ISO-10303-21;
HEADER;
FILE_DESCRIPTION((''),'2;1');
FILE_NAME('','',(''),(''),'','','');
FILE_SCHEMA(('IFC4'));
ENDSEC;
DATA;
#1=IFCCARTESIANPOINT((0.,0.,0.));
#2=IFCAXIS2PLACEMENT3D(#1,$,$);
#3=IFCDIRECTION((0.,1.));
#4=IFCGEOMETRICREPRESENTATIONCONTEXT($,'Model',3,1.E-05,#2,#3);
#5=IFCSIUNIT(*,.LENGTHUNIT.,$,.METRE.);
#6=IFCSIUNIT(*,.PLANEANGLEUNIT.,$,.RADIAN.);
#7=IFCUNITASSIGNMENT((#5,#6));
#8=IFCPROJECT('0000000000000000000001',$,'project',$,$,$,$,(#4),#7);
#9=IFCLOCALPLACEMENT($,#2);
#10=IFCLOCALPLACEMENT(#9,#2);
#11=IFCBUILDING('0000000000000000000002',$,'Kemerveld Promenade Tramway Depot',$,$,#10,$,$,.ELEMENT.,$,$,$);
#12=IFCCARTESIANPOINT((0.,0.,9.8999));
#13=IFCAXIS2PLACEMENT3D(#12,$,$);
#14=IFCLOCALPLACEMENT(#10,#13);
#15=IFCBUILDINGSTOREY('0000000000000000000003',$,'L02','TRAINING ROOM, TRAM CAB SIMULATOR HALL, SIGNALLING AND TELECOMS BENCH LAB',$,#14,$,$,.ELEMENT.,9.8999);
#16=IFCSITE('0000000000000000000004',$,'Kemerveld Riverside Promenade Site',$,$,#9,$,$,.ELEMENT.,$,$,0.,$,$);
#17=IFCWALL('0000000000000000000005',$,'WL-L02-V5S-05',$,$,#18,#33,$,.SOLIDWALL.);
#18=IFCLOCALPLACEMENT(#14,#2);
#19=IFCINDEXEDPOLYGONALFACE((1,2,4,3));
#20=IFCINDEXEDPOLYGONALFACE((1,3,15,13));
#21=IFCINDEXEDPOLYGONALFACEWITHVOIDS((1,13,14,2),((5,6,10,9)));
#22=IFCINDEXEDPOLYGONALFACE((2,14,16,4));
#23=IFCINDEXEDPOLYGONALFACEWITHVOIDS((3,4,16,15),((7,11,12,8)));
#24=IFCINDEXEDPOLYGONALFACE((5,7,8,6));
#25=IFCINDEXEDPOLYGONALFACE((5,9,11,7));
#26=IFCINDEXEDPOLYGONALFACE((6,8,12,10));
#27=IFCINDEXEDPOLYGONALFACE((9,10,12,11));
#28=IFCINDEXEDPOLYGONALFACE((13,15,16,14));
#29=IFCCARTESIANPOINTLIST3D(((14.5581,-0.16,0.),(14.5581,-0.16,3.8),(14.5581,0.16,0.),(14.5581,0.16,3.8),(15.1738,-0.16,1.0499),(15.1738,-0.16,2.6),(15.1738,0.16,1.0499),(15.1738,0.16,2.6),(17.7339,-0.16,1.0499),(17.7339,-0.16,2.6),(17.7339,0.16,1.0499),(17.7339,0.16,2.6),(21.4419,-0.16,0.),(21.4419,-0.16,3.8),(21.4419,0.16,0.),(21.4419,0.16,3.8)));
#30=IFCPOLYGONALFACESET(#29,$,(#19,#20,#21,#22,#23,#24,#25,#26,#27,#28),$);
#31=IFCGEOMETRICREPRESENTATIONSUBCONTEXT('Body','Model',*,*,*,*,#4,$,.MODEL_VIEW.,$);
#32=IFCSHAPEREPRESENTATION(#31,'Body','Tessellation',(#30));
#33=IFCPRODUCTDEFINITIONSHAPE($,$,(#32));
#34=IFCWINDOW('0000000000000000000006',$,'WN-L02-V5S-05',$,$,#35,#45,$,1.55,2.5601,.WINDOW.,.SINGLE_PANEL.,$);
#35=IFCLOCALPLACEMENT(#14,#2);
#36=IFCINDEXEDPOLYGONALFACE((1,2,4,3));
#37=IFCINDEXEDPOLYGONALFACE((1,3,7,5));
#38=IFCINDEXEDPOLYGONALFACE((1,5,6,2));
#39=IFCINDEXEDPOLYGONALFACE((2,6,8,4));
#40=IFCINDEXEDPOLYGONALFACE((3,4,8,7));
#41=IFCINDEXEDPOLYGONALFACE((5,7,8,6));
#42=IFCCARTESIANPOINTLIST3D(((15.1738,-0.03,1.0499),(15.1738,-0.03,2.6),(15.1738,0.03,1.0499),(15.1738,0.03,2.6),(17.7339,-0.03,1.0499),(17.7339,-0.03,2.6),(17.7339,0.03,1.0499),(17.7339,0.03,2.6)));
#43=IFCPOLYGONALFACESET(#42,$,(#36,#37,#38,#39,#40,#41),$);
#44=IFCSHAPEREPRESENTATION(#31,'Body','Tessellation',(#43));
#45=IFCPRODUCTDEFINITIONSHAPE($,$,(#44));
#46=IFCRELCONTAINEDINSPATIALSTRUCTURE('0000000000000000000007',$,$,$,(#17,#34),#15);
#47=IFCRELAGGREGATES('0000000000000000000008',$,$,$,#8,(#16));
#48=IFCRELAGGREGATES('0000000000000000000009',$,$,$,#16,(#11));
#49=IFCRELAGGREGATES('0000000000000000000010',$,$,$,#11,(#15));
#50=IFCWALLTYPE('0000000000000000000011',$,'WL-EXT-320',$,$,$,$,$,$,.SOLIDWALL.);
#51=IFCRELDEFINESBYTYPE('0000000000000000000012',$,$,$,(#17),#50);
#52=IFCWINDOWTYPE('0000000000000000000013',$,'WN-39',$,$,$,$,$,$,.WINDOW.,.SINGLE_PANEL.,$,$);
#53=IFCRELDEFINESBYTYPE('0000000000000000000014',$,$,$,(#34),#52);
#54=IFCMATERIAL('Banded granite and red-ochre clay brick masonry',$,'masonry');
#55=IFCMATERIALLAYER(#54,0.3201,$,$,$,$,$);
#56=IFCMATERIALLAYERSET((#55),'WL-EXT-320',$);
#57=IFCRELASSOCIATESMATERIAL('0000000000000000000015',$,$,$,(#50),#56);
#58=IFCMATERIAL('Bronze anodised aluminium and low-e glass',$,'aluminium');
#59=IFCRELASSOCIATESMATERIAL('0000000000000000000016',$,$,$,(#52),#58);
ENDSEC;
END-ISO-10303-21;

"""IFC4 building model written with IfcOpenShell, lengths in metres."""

from ifc_helpers import new_model, si_unit, direction, frame, frame_2d, origin, place, context, subcontext, project, spatial, rectangle, extrude, material, layer, layer_set, type_object, element, fill, save


model = new_model("IFC4")

# Units and contexts
model_context = context("Model", 3, precision=1e-05, world=origin(), true_north=direction((0.0, 1.0)))
body_context = subcontext(model_context, "Body", "Model", "MODEL_VIEW")
ifc_project = project(units=[si_unit("LENGTHUNIT", "METRE"), si_unit("PLANEANGLEUNIT", "RADIAN")], contexts=[model_context])

# Site, building, storey
site_placement = place(None, origin())
site = spatial("IfcSite", under=ifc_project, at=site_placement, Name="Kemerveld Riverside Promenade Site", CompositionType="ELEMENT", RefElevation=0.0)
building_placement = place(site_placement, origin())
building = spatial("IfcBuilding", under=site, at=building_placement, Name="Kemerveld Promenade Tramway Depot", CompositionType="ELEMENT")
storey_placement = place(building_placement, frame((0.0, 0.0, 9.8999)))
storey = spatial("IfcBuildingStorey", under=building, at=storey_placement, Name="L02", Description="TRAINING ROOM, TRAM CAB SIMULATOR HALL, SIGNALLING AND TELECOMS BENCH LAB", CompositionType="ELEMENT", Elevation=9.8999)

# Wall, opening, window
ifc_material_1 = material(Name="Banded granite and red-ochre clay brick masonry", Category="masonry")
ifc_layer_1 = layer(ifc_material_1, 0.3201)
ifc_layer_set_1 = layer_set([ifc_layer_1], Name="WL-EXT-320")
wall_type = type_object("IfcWallType", Name="WL-EXT-320", PredefinedType="SOLIDWALL", material=ifc_layer_set_1)
wall_placement = place(storey_placement, frame((21.4419, 0.0, 0.0), z_axis=(0.0, 0.0, 1.0), x_axis=(-1.0, 0.0, 0.0)))
wall = element("IfcWall", 1, at=wall_placement, inside=storey, type_object=wall_type, Name="WL-L02-V5S-05", PredefinedType="SOLIDWALL", context=body_context, shape_type="SweptSolid", body=[
    extrude(rectangle(XDim=6.8838, YDim=0.3201, at=frame_2d((3.4419, 0.0))), origin(), (0.0, 0.0, 1.0), 3.8),
])
opening_placement = place(wall_placement, frame((3.708, 0.0, 1.05)))
opening = element("IfcOpeningElement", 2, at=opening_placement, cuts=wall, PredefinedType="OPENING", context=body_context, shape_type="SweptSolid", body=[
    extrude(rectangle(XDim=2.5601, YDim=1.55, at=frame_2d((1.28, 0.7749))), frame((0.0, 0.1699, 0.0), z_axis=(0.0, -1.0, 0.0), x_axis=(1.0, 0.0, 0.0)), (0.0, 0.0, 1.0), 0.3401),
])
ifc_material_2 = material(Name="Bronze anodised aluminium and low-e glass", Category="aluminium")
window_type = type_object("IfcWindowType", Name="WN-39", PartitioningType="SINGLE_PANEL", PredefinedType="WINDOW", material=ifc_material_2)
window_placement = place(opening_placement, origin())
window = element("IfcWindow", 3, at=window_placement, inside=storey, type_object=window_type, Name="WN-L02-V5S-05", OverallHeight=1.55, OverallWidth=2.5601, PartitioningType="SINGLE_PANEL", PredefinedType="WINDOW", context=body_context, shape_type="SweptSolid", body=[
    extrude(rectangle(XDim=2.5601, YDim=1.55, at=frame_2d((1.28, 0.7749))), frame((0.0, 0.03, 0.0), z_axis=(0.0, -1.0, 0.0), x_axis=(1.0, 0.0, 0.0)), (0.0, 0.0, 1.0), 0.0601),
])
fill(opening, window)

save(model, "model.ifc")
